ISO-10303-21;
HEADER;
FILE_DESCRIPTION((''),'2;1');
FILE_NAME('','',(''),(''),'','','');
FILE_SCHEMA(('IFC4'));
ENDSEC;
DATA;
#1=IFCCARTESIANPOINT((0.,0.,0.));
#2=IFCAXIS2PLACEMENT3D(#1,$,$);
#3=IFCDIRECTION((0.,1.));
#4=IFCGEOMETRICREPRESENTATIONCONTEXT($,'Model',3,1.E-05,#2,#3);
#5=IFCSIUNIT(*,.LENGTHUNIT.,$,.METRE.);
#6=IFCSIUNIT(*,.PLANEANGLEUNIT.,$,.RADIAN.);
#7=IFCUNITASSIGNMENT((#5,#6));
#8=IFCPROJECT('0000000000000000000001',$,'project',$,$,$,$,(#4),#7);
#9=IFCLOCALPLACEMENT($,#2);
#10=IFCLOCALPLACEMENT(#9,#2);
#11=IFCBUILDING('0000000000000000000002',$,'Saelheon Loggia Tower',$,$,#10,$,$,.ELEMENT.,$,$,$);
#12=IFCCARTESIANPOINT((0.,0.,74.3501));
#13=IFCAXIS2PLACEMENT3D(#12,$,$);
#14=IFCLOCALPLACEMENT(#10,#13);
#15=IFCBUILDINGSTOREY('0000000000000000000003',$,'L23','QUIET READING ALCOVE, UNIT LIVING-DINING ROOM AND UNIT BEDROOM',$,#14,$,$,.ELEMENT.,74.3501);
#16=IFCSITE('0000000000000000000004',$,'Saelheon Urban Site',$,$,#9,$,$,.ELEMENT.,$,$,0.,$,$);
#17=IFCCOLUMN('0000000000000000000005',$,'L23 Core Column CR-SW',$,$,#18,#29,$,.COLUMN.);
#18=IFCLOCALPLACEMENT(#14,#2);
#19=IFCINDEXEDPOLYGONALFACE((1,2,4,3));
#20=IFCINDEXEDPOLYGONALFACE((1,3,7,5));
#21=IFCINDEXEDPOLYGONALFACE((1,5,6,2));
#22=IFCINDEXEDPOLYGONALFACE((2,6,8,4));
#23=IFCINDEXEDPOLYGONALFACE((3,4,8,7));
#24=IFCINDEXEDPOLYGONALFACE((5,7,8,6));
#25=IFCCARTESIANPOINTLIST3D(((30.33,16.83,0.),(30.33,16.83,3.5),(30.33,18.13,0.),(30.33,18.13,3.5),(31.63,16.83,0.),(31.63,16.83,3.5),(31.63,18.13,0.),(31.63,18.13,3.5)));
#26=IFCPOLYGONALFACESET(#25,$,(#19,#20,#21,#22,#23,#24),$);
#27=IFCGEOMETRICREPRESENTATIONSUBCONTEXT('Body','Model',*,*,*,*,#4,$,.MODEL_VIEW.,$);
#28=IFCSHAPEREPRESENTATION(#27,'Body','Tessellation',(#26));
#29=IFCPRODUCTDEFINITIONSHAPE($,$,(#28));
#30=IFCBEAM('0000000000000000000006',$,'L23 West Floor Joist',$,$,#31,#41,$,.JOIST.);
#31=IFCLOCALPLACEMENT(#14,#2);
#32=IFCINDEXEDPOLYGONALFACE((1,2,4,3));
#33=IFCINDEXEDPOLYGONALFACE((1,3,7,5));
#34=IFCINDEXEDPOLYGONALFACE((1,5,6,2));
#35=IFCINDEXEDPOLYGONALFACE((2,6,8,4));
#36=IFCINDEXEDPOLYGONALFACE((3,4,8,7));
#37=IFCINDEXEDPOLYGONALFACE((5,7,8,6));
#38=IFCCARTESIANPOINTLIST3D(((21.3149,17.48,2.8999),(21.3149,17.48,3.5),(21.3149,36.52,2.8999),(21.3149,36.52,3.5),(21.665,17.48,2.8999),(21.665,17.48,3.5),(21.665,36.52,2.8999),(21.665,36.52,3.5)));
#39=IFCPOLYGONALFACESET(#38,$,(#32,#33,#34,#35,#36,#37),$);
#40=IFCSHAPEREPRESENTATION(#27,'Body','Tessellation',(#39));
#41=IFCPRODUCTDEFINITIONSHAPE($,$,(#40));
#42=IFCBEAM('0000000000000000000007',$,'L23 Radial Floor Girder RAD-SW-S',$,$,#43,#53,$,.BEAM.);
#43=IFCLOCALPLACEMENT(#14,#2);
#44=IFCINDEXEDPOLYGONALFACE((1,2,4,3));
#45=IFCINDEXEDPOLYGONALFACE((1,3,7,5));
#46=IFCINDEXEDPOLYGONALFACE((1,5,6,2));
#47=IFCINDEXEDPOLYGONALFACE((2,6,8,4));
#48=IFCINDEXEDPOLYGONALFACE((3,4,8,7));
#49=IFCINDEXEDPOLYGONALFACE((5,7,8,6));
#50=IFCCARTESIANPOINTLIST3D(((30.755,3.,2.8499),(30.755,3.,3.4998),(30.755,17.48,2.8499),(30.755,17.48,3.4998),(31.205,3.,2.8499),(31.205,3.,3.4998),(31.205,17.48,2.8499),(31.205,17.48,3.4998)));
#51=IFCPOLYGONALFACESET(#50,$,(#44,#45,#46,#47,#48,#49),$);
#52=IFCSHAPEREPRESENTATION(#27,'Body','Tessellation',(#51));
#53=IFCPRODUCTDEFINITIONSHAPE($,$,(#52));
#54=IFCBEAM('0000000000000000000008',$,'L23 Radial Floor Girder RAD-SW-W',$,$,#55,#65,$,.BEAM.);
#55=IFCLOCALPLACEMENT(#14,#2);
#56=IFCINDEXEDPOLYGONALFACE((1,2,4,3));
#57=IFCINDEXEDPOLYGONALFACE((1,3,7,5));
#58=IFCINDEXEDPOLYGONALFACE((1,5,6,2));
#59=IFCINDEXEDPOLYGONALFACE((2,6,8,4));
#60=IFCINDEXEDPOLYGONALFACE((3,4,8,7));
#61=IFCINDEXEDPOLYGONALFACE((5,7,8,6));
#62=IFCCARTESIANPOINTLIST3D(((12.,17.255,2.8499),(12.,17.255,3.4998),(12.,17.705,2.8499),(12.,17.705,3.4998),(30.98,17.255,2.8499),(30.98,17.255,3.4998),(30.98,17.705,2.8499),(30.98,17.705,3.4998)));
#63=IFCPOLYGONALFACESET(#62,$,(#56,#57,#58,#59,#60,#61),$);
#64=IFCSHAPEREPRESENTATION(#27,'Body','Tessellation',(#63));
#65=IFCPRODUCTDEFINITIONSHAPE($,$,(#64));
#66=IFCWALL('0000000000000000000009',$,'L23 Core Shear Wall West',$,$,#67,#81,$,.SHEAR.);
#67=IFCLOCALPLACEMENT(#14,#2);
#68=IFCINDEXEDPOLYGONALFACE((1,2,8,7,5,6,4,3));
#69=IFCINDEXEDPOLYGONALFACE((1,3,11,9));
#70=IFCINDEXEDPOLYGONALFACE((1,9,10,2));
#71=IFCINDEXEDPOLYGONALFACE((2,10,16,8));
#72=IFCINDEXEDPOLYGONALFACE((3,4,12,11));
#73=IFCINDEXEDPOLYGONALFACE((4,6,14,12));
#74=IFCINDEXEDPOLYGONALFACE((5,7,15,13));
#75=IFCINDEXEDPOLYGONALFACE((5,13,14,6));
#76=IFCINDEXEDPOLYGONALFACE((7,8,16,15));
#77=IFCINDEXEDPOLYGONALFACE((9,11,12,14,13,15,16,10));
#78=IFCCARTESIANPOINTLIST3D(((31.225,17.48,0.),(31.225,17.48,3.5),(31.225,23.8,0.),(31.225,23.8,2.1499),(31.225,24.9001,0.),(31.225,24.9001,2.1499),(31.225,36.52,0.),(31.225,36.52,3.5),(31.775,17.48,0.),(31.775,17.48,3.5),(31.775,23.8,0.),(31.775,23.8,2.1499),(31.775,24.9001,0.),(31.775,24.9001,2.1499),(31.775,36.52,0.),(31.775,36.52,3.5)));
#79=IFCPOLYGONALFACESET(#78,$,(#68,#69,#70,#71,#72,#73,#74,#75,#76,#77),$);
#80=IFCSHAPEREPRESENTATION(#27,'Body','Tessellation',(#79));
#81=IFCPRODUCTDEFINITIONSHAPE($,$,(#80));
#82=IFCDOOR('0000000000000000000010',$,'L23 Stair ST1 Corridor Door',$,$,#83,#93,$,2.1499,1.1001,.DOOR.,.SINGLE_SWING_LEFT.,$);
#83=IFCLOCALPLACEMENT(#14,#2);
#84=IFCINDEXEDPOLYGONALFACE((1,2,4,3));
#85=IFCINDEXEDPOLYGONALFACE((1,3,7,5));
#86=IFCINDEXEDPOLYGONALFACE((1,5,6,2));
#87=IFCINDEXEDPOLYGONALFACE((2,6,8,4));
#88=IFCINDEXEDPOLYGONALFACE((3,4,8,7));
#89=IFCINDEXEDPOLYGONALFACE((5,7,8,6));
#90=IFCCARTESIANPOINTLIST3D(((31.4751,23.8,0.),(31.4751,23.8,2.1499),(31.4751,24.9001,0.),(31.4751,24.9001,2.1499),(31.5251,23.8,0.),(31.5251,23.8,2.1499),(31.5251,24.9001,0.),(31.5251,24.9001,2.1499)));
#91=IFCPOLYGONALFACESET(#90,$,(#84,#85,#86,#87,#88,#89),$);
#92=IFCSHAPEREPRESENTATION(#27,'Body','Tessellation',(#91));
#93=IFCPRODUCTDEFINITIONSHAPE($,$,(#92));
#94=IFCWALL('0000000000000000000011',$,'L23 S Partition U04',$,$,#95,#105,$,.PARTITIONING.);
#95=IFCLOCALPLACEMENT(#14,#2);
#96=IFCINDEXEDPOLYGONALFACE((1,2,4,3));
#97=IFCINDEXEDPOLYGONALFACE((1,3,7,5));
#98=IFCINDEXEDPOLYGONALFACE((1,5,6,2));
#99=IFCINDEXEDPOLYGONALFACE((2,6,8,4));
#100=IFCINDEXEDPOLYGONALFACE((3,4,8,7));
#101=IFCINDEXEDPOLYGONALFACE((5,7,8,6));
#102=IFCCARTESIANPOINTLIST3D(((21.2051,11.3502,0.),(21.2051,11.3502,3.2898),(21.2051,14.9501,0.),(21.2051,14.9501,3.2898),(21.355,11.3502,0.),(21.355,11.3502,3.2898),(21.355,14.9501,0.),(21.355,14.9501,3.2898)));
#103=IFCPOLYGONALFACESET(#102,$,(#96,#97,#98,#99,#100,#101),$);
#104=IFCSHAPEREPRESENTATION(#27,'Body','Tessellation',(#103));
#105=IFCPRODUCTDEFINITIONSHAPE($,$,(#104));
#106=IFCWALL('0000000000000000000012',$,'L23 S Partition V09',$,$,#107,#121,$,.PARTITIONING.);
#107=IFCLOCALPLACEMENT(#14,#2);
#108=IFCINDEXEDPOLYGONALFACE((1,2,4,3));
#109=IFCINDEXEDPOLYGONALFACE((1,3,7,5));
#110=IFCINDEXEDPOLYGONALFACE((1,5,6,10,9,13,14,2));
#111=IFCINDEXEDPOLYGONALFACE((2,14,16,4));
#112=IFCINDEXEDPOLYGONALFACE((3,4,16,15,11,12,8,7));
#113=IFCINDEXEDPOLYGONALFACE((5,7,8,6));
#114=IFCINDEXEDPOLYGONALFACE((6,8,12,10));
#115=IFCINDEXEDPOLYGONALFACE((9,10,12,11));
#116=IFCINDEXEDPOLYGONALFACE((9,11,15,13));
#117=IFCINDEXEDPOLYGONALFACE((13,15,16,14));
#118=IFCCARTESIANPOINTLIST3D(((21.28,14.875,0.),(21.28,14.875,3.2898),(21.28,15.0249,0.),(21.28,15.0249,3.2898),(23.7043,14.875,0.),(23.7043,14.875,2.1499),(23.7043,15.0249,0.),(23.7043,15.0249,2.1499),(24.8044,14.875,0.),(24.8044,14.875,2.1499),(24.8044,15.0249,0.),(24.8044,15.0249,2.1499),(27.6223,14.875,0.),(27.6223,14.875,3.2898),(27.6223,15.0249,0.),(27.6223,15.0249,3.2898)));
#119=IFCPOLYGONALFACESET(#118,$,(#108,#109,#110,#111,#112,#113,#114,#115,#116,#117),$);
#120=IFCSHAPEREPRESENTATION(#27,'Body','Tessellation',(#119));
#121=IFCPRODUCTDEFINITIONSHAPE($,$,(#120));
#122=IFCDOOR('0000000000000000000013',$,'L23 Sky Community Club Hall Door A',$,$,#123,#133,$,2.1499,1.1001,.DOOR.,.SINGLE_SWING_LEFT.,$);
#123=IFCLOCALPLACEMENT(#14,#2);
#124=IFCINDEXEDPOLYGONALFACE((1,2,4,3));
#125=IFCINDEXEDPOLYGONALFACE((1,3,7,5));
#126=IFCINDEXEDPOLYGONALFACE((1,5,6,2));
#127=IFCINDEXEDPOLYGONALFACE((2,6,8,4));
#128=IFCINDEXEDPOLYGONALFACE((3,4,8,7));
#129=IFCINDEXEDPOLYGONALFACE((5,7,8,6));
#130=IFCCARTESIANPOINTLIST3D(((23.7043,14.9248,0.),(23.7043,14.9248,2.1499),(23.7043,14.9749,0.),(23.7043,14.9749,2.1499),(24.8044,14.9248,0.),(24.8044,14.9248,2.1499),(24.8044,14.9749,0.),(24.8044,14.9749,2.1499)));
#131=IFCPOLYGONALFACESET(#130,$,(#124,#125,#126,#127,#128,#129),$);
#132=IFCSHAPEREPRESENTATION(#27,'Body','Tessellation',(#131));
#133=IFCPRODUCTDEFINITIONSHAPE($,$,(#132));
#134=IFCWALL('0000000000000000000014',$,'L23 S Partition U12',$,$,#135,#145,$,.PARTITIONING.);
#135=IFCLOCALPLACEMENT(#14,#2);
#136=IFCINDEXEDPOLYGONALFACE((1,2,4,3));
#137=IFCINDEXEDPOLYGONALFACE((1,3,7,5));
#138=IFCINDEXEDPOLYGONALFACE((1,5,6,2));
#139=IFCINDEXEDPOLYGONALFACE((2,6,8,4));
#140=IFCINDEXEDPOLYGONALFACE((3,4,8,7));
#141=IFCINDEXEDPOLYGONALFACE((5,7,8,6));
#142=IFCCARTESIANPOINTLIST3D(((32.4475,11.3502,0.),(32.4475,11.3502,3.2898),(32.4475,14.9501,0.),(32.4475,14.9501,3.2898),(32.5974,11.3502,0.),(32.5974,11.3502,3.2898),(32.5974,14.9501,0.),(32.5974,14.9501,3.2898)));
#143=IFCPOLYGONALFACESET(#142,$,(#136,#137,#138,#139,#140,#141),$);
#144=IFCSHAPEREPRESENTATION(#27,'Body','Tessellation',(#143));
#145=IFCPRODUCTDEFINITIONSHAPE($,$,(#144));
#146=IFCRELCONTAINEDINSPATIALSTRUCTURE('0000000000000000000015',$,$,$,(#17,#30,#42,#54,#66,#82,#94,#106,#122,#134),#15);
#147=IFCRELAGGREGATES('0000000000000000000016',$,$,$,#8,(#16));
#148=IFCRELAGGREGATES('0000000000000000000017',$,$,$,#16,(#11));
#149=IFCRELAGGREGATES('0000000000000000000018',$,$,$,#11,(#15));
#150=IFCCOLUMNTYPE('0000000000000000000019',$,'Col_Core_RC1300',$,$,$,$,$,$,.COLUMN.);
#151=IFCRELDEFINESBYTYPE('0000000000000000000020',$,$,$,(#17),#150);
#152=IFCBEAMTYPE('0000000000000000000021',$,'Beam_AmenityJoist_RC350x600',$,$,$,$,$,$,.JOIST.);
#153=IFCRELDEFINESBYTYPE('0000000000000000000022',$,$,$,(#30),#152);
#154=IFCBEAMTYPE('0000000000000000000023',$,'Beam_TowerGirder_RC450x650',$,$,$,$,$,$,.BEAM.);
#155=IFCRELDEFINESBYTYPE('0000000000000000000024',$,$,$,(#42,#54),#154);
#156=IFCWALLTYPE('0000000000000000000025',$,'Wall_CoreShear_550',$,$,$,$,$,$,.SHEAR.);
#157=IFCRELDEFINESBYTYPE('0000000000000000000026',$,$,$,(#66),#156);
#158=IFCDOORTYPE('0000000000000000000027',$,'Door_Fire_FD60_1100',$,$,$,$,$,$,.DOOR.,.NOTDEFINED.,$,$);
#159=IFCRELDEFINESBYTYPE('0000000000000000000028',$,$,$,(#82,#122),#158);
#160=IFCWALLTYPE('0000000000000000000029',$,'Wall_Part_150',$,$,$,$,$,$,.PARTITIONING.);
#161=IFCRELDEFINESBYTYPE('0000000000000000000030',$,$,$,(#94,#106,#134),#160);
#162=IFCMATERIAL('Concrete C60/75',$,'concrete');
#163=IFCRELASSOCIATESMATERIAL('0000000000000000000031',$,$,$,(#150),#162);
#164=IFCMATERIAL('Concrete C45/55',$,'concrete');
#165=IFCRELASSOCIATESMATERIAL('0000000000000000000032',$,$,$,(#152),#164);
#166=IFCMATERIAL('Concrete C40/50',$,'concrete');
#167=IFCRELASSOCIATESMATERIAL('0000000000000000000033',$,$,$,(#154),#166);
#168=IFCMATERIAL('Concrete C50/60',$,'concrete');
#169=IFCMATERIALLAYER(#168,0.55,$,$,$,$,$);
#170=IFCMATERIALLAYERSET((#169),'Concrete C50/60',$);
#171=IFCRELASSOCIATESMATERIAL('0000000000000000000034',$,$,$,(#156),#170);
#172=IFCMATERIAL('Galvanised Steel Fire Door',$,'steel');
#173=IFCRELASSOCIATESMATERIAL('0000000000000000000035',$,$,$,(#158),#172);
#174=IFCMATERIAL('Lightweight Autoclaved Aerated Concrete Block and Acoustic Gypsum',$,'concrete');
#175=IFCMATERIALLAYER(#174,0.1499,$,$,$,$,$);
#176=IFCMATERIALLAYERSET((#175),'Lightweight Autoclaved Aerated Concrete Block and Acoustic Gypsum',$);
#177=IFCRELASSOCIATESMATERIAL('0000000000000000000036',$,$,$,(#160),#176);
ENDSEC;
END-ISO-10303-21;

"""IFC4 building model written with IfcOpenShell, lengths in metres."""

from ifc_helpers import new_model, si_unit, direction, frame, frame_2d, origin, origin_2d, place, context, subcontext, project, spatial, rectangle, extrude, source, transform, mapped, material, layer, layer_set, material_profile, profile_set, type_object, element, fill, save


model = new_model("IFC4")

# Units and contexts
model_context = context("Model", 3, precision=1e-05, world=origin(), true_north=direction((0.0, 1.0)))
body_context = subcontext(model_context, "Body", "Model", "MODEL_VIEW")
ifc_project = project(units=[si_unit("LENGTHUNIT", "METRE"), si_unit("PLANEANGLEUNIT", "RADIAN")], contexts=[model_context])

# Site, building, storey
site_placement = place(None, origin())
site = spatial("IfcSite", under=ifc_project, at=site_placement, Name="Saelheon Urban Site", CompositionType="ELEMENT", RefElevation=0.0)
building_placement = place(site_placement, origin())
building = spatial("IfcBuilding", under=site, at=building_placement, Name="Saelheon Loggia Tower", CompositionType="ELEMENT")
storey_placement = place(building_placement, frame((0.0, 0.0, 74.3501)))
storey = spatial("IfcBuildingStorey", under=building, at=storey_placement, Name="L23", Description="QUIET READING ALCOVE, UNIT LIVING-DINING ROOM AND UNIT BEDROOM", CompositionType="ELEMENT", Elevation=74.3501)

# Column
ifc_material_1 = material(Name="Concrete C60/75", Category="concrete")
ifc_material_profile_1 = material_profile(ifc_material_1, rectangle(XDim=1.3, YDim=1.3, at=origin_2d()), Name="RC-1300x1300")
ifc_profile_set_1 = profile_set([ifc_material_profile_1], Name="Concrete C60/75")
column_type = type_object("IfcColumnType", Name="Col_Core_RC1300", PredefinedType="COLUMN", material=ifc_profile_set_1)
shared_shape_1 = source(origin(), body_context, "Body", "SweptSolid", [
    extrude(rectangle(XDim=1.3, YDim=1.3, at=origin_2d()), origin(), (0.0, 0.0, 1.0), 3.5),
])
column_placement = place(storey_placement, frame((30.98, 17.48, 0.0), z_axis=(0.0, 0.0, 1.0), x_axis=(1.0, 0.0, 0.0)))
element("IfcColumn", 1, at=column_placement, inside=storey, type_object=column_type, Name="L23 Core Column CR-SW", PredefinedType="COLUMN", context=body_context, shape_type="MappedRepresentation", body=[
    mapped(shared_shape_1, transform((0.0, 0.0, 0.0), scale=1.0)),
])

# Beams
ifc_material_2 = material(Name="Concrete C45/55", Category="concrete")
ifc_material_profile_2 = material_profile(ifc_material_2, rectangle(XDim=0.3501, YDim=0.6001, at=origin_2d()), Name="RC-350x600")
ifc_profile_set_2 = profile_set([ifc_material_profile_2], Name="Concrete C45/55")
beam_type_1 = type_object("IfcBeamType", Name="Beam_AmenityJoist_RC350x600", PredefinedType="JOIST", material=ifc_profile_set_2)
shared_shape_2 = source(origin(), body_context, "Body", "SweptSolid", [
    extrude(rectangle(XDim=0.3501, YDim=0.6001, at=origin_2d()), origin(), (0.0, 0.0, 1.0), 19.04),
])
beam_1_placement = place(storey_placement, frame((21.49, 17.48, 3.2), z_axis=(0.0, 1.0, 0.0), x_axis=(-1.0, 0.0, 0.0)))
element("IfcBeam", 2, at=beam_1_placement, inside=storey, type_object=beam_type_1, Name="L23 West Floor Joist", PredefinedType="JOIST", context=body_context, shape_type="MappedRepresentation", body=[
    mapped(shared_shape_2, transform((0.0, 0.0, 0.0), scale=1.0)),
])
ifc_material_3 = material(Name="Concrete C40/50", Category="concrete")
ifc_material_profile_3 = material_profile(ifc_material_3, rectangle(XDim=0.45, YDim=0.6499, at=origin_2d()), Name="RC-450x650")
ifc_profile_set_3 = profile_set([ifc_material_profile_3], Name="Concrete C40/50")
beam_type_2 = type_object("IfcBeamType", Name="Beam_TowerGirder_RC450x650", PredefinedType="BEAM", material=ifc_profile_set_3)
shared_shape_3 = source(origin(), body_context, "Body", "SweptSolid", [
    extrude(rectangle(XDim=0.45, YDim=0.6499, at=origin_2d()), origin(), (0.0, 0.0, 1.0), 14.48),
])
beam_2_placement = place(storey_placement, frame((30.98, 17.48, 3.1748), z_axis=(0.0, -1.0, 0.0), x_axis=(1.0, 0.0, 0.0)))
element("IfcBeam", 3, at=beam_2_placement, inside=storey, type_object=beam_type_2, Name="L23 Radial Floor Girder RAD-SW-S", PredefinedType="BEAM", context=body_context, shape_type="MappedRepresentation", body=[
    mapped(shared_shape_3, transform((0.0, 0.0, 0.0), scale=1.0)),
])
shared_shape_4 = source(origin(), body_context, "Body", "SweptSolid", [
    extrude(rectangle(XDim=0.45, YDim=0.6499, at=origin_2d()), origin(), (0.0, 0.0, 1.0), 18.98),
])
beam_3_placement = place(storey_placement, frame((30.98, 17.48, 3.1748), z_axis=(-1.0, 0.0, 0.0), x_axis=(0.0, -1.0, 0.0)))
element("IfcBeam", 4, at=beam_3_placement, inside=storey, type_object=beam_type_2, Name="L23 Radial Floor Girder RAD-SW-W", PredefinedType="BEAM", context=body_context, shape_type="MappedRepresentation", body=[
    mapped(shared_shape_4, transform((0.0, 0.0, 0.0), scale=1.0)),
])

# Wall, opening, door
ifc_material_4 = material(Name="Concrete C50/60", Category="concrete")
ifc_layer_1 = layer(ifc_material_4, 0.55)
ifc_layer_set_1 = layer_set([ifc_layer_1], Name="Concrete C50/60")
wall_type_1 = type_object("IfcWallType", Name="Wall_CoreShear_550", PredefinedType="SHEAR", material=ifc_layer_set_1)
wall_1_placement = place(storey_placement, frame((31.5, 17.48, 0.0), z_axis=(0.0, 0.0, 1.0), x_axis=(0.0, 1.0, 0.0)))
wall_1 = element("IfcWall", 5, at=wall_1_placement, inside=storey, type_object=wall_type_1, Name="L23 Core Shear Wall West", PredefinedType="SHEAR", context=body_context, shape_type="SweptSolid", body=[
    extrude(rectangle(XDim=19.04, YDim=0.55, at=frame_2d((9.52, 0.0))), origin(), (0.0, 0.0, 1.0), 3.5),
])
opening_1_placement = place(wall_1_placement, frame((6.3201, 0.0, 0.0)))
opening_1 = element("IfcOpeningElement", 6, at=opening_1_placement, cuts=wall_1, PredefinedType="OPENING", context=body_context, shape_type="SweptSolid", body=[
    extrude(rectangle(XDim=1.1001, YDim=2.1499, at=frame_2d((0.55, 1.075))), frame((0.0, 0.2871, 0.0), z_axis=(0.0, -1.0, 0.0), x_axis=(1.0, 0.0, 0.0)), (0.0, 0.0, 1.0), 0.574),
])
ifc_material_5 = material(Name="Galvanised Steel Fire Door", Category="steel")
door_type_1 = type_object("IfcDoorType", Name="Door_Fire_FD60_1100", OperationType="NOTDEFINED", PredefinedType="DOOR", material=ifc_material_5)
shared_shape_5 = source(origin(), body_context, "Body", "SweptSolid", [
    extrude(rectangle(XDim=1.1001, YDim=2.1499, at=frame_2d((0.55, 1.075))), frame((0.0, 0.0249, 0.0), z_axis=(0.0, -1.0, 0.0), x_axis=(1.0, 0.0, 0.0)), (0.0, 0.0, 1.0), 0.05),
])
door_1_placement = place(opening_1_placement, origin())
door_1 = element("IfcDoor", 7, at=door_1_placement, inside=storey, type_object=door_type_1, Name="L23 Stair ST1 Corridor Door", OperationType="SINGLE_SWING_LEFT", OverallHeight=2.1499, OverallWidth=1.1001, PredefinedType="DOOR", context=body_context, shape_type="MappedRepresentation", body=[
    mapped(shared_shape_5, transform((0.0, 0.0, 0.0), scale=1.0)),
])
fill(opening_1, door_1)

# Wall
ifc_material_6 = material(Name="Lightweight Autoclaved Aerated Concrete Block and Acoustic Gypsum", Category="concrete")
ifc_layer_2 = layer(ifc_material_6, 0.1499)
ifc_layer_set_2 = layer_set([ifc_layer_2], Name="Lightweight Autoclaved Aerated Concrete Block and Acoustic Gypsum")
wall_type_2 = type_object("IfcWallType", Name="Wall_Part_150", PredefinedType="PARTITIONING", material=ifc_layer_set_2)
wall_2_placement = place(storey_placement, frame((21.28, 14.95, 0.0), z_axis=(0.0, 0.0, 1.0), x_axis=(0.0, -1.0, 0.0)))
element("IfcWall", 8, at=wall_2_placement, inside=storey, type_object=wall_type_2, Name="L23 S Partition U04", PredefinedType="PARTITIONING", context=body_context, shape_type="SweptSolid", body=[
    extrude(rectangle(XDim=3.5999, YDim=0.1499, at=frame_2d((1.7998, 0.0))), origin(), (0.0, 0.0, 1.0), 3.2898),
])

# Wall, opening, door
wall_3_placement = place(storey_placement, frame((21.28, 14.95, 0.0), z_axis=(0.0, 0.0, 1.0), x_axis=(1.0, 0.0, 0.0)))
wall_3 = element("IfcWall", 9, at=wall_3_placement, inside=storey, type_object=wall_type_2, Name="L23 S Partition V09", PredefinedType="PARTITIONING", context=body_context, shape_type="SweptSolid", body=[
    extrude(rectangle(XDim=6.3423, YDim=0.1499, at=frame_2d((3.1711, 0.0))), origin(), (0.0, 0.0, 1.0), 3.2898),
])
opening_2_placement = place(wall_3_placement, frame((2.4243, 0.0, 0.0)))
opening_2 = element("IfcOpeningElement", 10, at=opening_2_placement, cuts=wall_3, PredefinedType="OPENING", context=body_context, shape_type="SweptSolid", body=[
    extrude(rectangle(XDim=1.1001, YDim=2.1499, at=frame_2d((0.55, 1.075))), frame((0.0, 0.0869, 0.0), z_axis=(0.0, -1.0, 0.0), x_axis=(1.0, 0.0, 0.0)), (0.0, 0.0, 1.0), 0.1738),
])
door_2_placement = place(opening_2_placement, origin())
door_2 = element("IfcDoor", 11, at=door_2_placement, inside=storey, type_object=door_type_1, Name="L23 Sky Community Club Hall Door A", OperationType="SINGLE_SWING_LEFT", OverallHeight=2.1499, OverallWidth=1.1001, PredefinedType="DOOR", context=body_context, shape_type="MappedRepresentation", body=[
    mapped(shared_shape_5, transform((0.0, 0.0, 0.0), scale=1.0)),
])
fill(opening_2, door_2)

# Wall
wall_4_placement = place(storey_placement, frame((32.5225, 14.95, 0.0), z_axis=(0.0, 0.0, 1.0), x_axis=(0.0, -1.0, 0.0)))
element("IfcWall", 12, at=wall_4_placement, inside=storey, type_object=wall_type_2, Name="L23 S Partition U12", PredefinedType="PARTITIONING", context=body_context, shape_type="SweptSolid", body=[
    extrude(rectangle(XDim=3.5999, YDim=0.1499, at=frame_2d((1.7998, 0.0))), origin(), (0.0, 0.0, 1.0), 3.2898),
])

save(model, "model.ifc")
